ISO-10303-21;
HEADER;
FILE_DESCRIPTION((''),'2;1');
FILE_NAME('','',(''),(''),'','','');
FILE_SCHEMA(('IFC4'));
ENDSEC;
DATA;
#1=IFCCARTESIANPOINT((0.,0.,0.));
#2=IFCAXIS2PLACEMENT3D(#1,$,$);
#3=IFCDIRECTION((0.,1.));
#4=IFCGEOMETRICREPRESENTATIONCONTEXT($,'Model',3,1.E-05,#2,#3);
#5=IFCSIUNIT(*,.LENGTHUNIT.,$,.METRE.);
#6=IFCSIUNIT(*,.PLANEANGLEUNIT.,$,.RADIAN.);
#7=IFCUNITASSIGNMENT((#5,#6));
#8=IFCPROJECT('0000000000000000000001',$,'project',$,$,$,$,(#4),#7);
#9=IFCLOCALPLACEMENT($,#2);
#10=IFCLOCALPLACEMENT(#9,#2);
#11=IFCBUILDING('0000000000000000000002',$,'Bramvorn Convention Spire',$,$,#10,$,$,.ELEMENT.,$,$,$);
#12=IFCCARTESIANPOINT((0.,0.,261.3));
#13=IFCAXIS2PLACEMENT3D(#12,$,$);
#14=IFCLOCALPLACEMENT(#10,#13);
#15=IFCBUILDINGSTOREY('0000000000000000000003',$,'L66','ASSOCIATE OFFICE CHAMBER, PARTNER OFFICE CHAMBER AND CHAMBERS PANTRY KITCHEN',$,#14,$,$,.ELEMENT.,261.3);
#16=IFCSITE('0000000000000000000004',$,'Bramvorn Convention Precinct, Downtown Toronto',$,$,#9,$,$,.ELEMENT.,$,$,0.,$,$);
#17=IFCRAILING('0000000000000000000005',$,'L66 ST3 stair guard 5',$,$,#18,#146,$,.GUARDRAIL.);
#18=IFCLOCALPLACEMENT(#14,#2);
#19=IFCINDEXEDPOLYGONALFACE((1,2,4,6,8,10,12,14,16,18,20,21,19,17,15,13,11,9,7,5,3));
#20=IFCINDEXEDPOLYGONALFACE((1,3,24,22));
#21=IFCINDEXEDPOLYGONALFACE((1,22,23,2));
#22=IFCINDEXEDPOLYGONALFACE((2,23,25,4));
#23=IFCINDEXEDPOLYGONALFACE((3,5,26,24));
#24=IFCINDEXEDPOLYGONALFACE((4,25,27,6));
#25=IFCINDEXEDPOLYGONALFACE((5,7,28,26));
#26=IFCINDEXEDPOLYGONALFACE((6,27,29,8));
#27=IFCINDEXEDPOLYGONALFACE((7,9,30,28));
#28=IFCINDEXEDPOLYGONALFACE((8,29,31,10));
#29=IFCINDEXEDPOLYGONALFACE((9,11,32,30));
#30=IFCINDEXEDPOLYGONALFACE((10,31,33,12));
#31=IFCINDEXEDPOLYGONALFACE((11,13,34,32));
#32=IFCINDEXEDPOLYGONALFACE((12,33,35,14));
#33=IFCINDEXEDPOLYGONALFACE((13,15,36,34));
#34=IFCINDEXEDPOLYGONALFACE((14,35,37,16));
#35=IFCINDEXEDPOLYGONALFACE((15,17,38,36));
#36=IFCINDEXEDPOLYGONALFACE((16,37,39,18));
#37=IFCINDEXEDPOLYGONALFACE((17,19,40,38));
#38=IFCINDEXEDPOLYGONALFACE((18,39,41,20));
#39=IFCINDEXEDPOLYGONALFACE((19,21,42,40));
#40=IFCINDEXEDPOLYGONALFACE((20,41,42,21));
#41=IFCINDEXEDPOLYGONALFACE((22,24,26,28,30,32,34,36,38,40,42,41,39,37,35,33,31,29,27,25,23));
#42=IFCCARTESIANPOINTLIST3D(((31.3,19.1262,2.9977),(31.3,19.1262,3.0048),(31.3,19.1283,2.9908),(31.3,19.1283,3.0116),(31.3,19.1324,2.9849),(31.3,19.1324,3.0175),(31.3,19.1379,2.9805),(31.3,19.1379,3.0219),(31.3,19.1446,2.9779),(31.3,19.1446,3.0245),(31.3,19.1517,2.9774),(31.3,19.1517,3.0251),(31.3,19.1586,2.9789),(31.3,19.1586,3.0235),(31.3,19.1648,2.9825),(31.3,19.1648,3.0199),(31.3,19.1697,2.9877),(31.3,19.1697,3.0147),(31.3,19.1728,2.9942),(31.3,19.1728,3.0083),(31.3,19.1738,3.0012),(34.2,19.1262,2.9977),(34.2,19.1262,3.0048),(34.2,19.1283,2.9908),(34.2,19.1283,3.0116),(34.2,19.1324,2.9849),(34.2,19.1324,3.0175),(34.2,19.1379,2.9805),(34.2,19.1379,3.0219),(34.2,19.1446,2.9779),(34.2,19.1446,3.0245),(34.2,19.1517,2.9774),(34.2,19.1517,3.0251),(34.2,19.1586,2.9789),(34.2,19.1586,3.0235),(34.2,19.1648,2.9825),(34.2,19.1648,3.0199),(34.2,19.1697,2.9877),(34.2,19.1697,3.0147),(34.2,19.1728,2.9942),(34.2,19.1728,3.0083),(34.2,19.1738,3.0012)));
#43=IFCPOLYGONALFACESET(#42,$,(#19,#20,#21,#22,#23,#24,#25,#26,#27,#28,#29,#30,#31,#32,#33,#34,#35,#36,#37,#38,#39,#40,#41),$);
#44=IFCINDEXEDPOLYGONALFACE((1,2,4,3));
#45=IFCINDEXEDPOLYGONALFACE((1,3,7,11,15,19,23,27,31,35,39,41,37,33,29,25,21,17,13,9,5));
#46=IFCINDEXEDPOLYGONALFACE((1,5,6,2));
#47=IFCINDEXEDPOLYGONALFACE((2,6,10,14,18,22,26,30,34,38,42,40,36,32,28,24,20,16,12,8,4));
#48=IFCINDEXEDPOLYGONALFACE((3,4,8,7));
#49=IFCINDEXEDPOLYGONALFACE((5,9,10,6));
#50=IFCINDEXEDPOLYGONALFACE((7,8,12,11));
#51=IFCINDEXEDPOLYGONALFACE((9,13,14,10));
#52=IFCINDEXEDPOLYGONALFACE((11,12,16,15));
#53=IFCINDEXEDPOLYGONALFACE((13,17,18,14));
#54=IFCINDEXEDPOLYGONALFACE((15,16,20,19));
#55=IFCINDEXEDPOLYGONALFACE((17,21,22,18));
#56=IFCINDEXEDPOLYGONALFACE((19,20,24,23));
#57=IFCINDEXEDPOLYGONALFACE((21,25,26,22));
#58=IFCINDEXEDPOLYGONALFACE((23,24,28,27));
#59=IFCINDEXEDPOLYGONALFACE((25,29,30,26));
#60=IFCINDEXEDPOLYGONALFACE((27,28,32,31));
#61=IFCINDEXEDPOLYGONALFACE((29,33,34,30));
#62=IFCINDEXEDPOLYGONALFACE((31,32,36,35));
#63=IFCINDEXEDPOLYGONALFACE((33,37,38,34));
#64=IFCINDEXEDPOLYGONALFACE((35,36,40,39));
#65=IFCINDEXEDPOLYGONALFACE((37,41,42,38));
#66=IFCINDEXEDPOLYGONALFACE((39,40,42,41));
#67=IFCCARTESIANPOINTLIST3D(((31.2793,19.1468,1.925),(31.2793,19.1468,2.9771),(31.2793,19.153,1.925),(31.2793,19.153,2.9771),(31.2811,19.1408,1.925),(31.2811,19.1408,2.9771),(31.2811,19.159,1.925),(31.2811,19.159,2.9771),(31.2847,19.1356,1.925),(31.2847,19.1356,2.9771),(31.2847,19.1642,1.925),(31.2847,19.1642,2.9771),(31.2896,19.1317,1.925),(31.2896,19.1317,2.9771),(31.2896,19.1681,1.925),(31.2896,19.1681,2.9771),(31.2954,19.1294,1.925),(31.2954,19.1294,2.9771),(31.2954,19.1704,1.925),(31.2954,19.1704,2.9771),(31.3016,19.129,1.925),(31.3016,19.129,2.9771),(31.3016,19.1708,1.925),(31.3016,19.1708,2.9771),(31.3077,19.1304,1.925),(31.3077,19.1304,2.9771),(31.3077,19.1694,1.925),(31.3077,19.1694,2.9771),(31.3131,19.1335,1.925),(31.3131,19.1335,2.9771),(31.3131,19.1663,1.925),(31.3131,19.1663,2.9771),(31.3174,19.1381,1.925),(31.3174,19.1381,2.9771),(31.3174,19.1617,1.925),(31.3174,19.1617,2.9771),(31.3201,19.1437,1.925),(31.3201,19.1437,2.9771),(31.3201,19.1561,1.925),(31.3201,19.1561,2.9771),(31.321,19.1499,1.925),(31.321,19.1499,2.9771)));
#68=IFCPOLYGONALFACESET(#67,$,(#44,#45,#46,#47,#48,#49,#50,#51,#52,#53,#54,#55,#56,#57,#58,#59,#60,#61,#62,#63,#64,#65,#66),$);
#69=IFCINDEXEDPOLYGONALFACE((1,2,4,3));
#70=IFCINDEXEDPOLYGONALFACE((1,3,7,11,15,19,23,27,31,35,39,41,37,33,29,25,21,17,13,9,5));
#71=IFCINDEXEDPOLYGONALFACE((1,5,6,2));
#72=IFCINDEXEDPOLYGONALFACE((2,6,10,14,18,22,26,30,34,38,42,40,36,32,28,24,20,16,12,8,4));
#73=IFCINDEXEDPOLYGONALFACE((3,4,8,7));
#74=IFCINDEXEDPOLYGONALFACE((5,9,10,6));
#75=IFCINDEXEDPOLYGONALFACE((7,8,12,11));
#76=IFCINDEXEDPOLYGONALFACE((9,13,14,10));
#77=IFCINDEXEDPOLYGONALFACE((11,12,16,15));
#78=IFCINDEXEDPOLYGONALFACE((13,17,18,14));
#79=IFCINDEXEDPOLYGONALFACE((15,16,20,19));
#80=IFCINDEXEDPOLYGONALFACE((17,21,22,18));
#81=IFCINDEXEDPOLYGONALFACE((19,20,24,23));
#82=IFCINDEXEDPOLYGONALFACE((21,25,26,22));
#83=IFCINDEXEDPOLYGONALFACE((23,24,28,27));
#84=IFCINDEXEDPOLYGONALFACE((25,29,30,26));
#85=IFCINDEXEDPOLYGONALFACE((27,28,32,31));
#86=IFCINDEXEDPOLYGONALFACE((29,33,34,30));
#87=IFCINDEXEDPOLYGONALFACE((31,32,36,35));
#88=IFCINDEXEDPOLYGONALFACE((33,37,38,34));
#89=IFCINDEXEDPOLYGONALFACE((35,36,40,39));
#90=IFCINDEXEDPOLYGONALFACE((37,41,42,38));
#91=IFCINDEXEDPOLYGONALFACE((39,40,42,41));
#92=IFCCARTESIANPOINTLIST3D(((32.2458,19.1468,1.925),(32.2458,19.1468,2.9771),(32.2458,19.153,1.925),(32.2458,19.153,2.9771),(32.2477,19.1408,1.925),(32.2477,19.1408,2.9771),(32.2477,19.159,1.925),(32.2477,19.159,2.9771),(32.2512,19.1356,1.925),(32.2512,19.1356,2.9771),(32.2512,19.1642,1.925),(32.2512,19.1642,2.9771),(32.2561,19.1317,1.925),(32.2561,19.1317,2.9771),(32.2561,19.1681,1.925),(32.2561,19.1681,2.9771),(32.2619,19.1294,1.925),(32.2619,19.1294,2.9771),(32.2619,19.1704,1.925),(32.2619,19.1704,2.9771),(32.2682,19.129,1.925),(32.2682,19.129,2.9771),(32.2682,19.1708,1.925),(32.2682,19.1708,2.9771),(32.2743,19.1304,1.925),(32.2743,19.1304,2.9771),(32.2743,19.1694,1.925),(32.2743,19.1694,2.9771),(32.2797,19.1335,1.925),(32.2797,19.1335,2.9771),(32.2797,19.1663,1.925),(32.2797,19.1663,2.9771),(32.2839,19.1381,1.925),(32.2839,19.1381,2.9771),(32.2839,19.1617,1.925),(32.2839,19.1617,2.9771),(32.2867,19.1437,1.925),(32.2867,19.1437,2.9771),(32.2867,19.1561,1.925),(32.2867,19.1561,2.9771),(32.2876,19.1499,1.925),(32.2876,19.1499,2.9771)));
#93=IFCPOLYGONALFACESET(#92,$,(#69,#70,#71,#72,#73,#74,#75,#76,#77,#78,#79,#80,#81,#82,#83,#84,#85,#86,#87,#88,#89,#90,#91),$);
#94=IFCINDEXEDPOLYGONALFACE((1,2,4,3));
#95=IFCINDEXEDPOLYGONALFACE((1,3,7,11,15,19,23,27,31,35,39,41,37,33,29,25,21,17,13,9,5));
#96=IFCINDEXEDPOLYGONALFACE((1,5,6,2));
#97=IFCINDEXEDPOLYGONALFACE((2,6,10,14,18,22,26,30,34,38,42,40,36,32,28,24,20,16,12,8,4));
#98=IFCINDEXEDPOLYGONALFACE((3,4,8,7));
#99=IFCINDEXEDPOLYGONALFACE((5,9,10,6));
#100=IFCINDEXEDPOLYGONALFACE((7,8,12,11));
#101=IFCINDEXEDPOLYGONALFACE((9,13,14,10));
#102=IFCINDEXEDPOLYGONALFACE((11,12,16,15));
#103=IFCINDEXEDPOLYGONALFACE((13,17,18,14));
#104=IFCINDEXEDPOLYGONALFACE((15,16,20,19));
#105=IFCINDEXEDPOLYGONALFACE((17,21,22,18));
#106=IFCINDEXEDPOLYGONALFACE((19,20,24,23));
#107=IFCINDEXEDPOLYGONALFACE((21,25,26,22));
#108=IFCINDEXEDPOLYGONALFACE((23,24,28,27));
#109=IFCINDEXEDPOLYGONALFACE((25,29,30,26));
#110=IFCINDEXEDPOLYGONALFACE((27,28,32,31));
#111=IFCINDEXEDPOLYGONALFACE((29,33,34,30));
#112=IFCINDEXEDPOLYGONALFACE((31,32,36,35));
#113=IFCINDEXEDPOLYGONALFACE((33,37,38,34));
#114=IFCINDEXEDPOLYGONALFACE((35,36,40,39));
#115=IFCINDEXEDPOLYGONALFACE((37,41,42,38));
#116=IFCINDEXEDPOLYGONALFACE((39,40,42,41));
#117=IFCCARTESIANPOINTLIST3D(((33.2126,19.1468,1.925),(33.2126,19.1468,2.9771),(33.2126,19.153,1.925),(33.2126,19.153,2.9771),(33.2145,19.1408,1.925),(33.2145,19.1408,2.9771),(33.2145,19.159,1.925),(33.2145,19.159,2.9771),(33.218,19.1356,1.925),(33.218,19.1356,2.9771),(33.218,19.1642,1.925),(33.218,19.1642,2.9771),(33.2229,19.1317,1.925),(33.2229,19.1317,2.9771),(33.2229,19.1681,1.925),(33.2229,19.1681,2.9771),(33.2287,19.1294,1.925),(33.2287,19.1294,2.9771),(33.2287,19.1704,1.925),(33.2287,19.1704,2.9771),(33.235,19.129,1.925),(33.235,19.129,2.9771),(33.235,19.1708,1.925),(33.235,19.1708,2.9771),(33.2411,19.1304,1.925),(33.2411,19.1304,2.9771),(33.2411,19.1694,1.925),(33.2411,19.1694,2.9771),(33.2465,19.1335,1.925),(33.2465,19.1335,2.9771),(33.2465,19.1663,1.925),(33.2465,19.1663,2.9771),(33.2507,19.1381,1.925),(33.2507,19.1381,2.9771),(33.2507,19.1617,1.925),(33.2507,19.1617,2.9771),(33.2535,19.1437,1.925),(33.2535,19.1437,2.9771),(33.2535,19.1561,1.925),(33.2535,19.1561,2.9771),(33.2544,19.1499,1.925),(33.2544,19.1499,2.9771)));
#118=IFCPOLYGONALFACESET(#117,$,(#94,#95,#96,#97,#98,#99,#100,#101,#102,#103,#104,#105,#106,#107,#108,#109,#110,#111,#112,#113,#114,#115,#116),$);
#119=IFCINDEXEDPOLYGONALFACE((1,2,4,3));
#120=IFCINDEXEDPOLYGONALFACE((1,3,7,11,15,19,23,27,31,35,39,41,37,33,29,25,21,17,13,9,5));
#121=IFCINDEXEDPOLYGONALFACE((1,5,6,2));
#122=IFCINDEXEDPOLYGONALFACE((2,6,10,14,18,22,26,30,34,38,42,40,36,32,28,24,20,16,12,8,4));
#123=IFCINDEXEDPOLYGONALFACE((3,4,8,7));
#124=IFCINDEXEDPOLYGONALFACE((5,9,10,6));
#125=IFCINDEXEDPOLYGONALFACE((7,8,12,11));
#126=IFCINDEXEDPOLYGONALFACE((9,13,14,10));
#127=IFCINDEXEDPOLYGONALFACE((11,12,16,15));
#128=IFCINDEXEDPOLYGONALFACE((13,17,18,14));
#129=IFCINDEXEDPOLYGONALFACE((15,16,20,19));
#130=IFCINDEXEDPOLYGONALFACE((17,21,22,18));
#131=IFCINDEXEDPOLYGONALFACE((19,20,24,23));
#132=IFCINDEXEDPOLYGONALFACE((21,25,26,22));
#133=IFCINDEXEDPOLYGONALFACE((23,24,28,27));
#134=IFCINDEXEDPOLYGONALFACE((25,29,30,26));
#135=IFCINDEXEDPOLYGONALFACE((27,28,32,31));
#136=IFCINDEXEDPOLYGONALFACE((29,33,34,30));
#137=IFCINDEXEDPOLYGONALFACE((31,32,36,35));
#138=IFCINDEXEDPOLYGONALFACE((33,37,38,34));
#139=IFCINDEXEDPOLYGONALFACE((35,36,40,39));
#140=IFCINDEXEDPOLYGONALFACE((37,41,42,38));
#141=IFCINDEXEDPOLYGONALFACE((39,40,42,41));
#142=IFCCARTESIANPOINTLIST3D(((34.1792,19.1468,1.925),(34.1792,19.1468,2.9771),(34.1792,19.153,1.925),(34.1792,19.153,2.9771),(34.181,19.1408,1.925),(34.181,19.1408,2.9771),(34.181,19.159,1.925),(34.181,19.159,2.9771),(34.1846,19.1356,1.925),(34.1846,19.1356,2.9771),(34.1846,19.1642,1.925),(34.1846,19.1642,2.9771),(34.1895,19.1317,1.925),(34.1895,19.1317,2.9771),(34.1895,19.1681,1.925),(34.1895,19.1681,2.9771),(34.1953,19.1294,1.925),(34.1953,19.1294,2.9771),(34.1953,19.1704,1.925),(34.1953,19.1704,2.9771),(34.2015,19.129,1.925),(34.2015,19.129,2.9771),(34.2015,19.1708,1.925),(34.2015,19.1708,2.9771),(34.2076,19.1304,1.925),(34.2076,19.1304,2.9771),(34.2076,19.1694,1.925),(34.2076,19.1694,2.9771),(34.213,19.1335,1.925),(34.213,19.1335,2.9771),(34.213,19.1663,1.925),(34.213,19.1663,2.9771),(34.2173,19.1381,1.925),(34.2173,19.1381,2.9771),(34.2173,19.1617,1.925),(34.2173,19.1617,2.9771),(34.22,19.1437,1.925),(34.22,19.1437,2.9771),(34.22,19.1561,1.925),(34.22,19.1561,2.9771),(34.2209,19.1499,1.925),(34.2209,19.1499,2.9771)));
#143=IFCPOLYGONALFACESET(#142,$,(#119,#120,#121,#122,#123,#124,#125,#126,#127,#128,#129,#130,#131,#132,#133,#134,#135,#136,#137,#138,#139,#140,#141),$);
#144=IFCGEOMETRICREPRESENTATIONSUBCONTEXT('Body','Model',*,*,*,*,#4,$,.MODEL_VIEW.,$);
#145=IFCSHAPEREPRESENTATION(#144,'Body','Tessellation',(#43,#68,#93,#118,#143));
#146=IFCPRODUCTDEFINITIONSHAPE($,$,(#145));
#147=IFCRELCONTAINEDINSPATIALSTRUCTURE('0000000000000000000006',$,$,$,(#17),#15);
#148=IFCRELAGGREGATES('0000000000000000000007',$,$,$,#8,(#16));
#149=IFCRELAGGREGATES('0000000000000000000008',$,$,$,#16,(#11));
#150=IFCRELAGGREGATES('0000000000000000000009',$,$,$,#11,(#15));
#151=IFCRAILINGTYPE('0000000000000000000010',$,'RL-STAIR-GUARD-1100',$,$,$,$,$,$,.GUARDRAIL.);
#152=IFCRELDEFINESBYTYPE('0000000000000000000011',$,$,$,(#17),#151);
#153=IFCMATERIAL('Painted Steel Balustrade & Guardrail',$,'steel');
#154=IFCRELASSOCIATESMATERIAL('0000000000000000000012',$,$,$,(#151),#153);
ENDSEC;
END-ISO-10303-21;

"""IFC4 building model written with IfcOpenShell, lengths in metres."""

from ifc_helpers import new_model, si_unit, direction, frame, origin, origin_2d, place, context, subcontext, project, spatial, circle, extrude, material, type_object, element, save


model = new_model("IFC4")

# Units and contexts
model_context = context("Model", 3, precision=1e-05, world=origin(), true_north=direction((0.0, 1.0)))
body_context = subcontext(model_context, "Body", "Model", "MODEL_VIEW")
ifc_project = project(units=[si_unit("LENGTHUNIT", "METRE"), si_unit("PLANEANGLEUNIT", "RADIAN")], contexts=[model_context])

# Site, building, storey
site_placement = place(None, origin())
site = spatial("IfcSite", under=ifc_project, at=site_placement, Name="Bramvorn Convention Precinct, Downtown Toronto", CompositionType="ELEMENT", RefElevation=0.0)
building_placement = place(site_placement, origin())
building = spatial("IfcBuilding", under=site, at=building_placement, Name="Bramvorn Convention Spire", CompositionType="ELEMENT")
storey_placement = place(building_placement, frame((0.0, 0.0, 261.3)))
storey = spatial("IfcBuildingStorey", under=building, at=storey_placement, Name="L66", Description="ASSOCIATE OFFICE CHAMBER, PARTNER OFFICE CHAMBER AND CHAMBERS PANTRY KITCHEN", CompositionType="ELEMENT", Elevation=261.3)

# Railing
ifc_material_1 = material(Name="Painted Steel Balustrade & Guardrail", Category="steel")
railing_type_1 = type_object("IfcRailingType", Name="RL-STAIR-GUARD-1100", PredefinedType="GUARDRAIL", material=ifc_material_1)
railing_1_placement = place(storey_placement, frame((31.3, 19.1499, 1.925)))
element("IfcRailing", 1, at=railing_1_placement, inside=storey, type_object=railing_type_1, Name="L66 ST3 stair guard 5", PredefinedType="GUARDRAIL", context=body_context, shape_type="SweptSolid", body=[
    extrude(circle(Radius=0.0239, at=origin_2d()), frame((0.0, 0.0, 1.0762), z_axis=(1.0, 0.0, 0.0), x_axis=(0.0, 1.0, 0.0)), (0.0, 0.0, 1.0), 2.8999),
    extrude(circle(Radius=0.021, at=origin_2d()), origin(), (0.0, 0.0, 1.0), 1.052),
    extrude(circle(Radius=0.021, at=origin_2d()), frame((0.9666, 0.0, 0.0)), (0.0, 0.0, 1.0), 1.052),
    extrude(circle(Radius=0.021, at=origin_2d()), frame((1.9333, 0.0, 0.0)), (0.0, 0.0, 1.0), 1.052),
    extrude(circle(Radius=0.021, at=origin_2d()), frame((2.8999, 0.0, 0.0)), (0.0, 0.0, 1.0), 1.052),
])

save(model, "model.ifc")
